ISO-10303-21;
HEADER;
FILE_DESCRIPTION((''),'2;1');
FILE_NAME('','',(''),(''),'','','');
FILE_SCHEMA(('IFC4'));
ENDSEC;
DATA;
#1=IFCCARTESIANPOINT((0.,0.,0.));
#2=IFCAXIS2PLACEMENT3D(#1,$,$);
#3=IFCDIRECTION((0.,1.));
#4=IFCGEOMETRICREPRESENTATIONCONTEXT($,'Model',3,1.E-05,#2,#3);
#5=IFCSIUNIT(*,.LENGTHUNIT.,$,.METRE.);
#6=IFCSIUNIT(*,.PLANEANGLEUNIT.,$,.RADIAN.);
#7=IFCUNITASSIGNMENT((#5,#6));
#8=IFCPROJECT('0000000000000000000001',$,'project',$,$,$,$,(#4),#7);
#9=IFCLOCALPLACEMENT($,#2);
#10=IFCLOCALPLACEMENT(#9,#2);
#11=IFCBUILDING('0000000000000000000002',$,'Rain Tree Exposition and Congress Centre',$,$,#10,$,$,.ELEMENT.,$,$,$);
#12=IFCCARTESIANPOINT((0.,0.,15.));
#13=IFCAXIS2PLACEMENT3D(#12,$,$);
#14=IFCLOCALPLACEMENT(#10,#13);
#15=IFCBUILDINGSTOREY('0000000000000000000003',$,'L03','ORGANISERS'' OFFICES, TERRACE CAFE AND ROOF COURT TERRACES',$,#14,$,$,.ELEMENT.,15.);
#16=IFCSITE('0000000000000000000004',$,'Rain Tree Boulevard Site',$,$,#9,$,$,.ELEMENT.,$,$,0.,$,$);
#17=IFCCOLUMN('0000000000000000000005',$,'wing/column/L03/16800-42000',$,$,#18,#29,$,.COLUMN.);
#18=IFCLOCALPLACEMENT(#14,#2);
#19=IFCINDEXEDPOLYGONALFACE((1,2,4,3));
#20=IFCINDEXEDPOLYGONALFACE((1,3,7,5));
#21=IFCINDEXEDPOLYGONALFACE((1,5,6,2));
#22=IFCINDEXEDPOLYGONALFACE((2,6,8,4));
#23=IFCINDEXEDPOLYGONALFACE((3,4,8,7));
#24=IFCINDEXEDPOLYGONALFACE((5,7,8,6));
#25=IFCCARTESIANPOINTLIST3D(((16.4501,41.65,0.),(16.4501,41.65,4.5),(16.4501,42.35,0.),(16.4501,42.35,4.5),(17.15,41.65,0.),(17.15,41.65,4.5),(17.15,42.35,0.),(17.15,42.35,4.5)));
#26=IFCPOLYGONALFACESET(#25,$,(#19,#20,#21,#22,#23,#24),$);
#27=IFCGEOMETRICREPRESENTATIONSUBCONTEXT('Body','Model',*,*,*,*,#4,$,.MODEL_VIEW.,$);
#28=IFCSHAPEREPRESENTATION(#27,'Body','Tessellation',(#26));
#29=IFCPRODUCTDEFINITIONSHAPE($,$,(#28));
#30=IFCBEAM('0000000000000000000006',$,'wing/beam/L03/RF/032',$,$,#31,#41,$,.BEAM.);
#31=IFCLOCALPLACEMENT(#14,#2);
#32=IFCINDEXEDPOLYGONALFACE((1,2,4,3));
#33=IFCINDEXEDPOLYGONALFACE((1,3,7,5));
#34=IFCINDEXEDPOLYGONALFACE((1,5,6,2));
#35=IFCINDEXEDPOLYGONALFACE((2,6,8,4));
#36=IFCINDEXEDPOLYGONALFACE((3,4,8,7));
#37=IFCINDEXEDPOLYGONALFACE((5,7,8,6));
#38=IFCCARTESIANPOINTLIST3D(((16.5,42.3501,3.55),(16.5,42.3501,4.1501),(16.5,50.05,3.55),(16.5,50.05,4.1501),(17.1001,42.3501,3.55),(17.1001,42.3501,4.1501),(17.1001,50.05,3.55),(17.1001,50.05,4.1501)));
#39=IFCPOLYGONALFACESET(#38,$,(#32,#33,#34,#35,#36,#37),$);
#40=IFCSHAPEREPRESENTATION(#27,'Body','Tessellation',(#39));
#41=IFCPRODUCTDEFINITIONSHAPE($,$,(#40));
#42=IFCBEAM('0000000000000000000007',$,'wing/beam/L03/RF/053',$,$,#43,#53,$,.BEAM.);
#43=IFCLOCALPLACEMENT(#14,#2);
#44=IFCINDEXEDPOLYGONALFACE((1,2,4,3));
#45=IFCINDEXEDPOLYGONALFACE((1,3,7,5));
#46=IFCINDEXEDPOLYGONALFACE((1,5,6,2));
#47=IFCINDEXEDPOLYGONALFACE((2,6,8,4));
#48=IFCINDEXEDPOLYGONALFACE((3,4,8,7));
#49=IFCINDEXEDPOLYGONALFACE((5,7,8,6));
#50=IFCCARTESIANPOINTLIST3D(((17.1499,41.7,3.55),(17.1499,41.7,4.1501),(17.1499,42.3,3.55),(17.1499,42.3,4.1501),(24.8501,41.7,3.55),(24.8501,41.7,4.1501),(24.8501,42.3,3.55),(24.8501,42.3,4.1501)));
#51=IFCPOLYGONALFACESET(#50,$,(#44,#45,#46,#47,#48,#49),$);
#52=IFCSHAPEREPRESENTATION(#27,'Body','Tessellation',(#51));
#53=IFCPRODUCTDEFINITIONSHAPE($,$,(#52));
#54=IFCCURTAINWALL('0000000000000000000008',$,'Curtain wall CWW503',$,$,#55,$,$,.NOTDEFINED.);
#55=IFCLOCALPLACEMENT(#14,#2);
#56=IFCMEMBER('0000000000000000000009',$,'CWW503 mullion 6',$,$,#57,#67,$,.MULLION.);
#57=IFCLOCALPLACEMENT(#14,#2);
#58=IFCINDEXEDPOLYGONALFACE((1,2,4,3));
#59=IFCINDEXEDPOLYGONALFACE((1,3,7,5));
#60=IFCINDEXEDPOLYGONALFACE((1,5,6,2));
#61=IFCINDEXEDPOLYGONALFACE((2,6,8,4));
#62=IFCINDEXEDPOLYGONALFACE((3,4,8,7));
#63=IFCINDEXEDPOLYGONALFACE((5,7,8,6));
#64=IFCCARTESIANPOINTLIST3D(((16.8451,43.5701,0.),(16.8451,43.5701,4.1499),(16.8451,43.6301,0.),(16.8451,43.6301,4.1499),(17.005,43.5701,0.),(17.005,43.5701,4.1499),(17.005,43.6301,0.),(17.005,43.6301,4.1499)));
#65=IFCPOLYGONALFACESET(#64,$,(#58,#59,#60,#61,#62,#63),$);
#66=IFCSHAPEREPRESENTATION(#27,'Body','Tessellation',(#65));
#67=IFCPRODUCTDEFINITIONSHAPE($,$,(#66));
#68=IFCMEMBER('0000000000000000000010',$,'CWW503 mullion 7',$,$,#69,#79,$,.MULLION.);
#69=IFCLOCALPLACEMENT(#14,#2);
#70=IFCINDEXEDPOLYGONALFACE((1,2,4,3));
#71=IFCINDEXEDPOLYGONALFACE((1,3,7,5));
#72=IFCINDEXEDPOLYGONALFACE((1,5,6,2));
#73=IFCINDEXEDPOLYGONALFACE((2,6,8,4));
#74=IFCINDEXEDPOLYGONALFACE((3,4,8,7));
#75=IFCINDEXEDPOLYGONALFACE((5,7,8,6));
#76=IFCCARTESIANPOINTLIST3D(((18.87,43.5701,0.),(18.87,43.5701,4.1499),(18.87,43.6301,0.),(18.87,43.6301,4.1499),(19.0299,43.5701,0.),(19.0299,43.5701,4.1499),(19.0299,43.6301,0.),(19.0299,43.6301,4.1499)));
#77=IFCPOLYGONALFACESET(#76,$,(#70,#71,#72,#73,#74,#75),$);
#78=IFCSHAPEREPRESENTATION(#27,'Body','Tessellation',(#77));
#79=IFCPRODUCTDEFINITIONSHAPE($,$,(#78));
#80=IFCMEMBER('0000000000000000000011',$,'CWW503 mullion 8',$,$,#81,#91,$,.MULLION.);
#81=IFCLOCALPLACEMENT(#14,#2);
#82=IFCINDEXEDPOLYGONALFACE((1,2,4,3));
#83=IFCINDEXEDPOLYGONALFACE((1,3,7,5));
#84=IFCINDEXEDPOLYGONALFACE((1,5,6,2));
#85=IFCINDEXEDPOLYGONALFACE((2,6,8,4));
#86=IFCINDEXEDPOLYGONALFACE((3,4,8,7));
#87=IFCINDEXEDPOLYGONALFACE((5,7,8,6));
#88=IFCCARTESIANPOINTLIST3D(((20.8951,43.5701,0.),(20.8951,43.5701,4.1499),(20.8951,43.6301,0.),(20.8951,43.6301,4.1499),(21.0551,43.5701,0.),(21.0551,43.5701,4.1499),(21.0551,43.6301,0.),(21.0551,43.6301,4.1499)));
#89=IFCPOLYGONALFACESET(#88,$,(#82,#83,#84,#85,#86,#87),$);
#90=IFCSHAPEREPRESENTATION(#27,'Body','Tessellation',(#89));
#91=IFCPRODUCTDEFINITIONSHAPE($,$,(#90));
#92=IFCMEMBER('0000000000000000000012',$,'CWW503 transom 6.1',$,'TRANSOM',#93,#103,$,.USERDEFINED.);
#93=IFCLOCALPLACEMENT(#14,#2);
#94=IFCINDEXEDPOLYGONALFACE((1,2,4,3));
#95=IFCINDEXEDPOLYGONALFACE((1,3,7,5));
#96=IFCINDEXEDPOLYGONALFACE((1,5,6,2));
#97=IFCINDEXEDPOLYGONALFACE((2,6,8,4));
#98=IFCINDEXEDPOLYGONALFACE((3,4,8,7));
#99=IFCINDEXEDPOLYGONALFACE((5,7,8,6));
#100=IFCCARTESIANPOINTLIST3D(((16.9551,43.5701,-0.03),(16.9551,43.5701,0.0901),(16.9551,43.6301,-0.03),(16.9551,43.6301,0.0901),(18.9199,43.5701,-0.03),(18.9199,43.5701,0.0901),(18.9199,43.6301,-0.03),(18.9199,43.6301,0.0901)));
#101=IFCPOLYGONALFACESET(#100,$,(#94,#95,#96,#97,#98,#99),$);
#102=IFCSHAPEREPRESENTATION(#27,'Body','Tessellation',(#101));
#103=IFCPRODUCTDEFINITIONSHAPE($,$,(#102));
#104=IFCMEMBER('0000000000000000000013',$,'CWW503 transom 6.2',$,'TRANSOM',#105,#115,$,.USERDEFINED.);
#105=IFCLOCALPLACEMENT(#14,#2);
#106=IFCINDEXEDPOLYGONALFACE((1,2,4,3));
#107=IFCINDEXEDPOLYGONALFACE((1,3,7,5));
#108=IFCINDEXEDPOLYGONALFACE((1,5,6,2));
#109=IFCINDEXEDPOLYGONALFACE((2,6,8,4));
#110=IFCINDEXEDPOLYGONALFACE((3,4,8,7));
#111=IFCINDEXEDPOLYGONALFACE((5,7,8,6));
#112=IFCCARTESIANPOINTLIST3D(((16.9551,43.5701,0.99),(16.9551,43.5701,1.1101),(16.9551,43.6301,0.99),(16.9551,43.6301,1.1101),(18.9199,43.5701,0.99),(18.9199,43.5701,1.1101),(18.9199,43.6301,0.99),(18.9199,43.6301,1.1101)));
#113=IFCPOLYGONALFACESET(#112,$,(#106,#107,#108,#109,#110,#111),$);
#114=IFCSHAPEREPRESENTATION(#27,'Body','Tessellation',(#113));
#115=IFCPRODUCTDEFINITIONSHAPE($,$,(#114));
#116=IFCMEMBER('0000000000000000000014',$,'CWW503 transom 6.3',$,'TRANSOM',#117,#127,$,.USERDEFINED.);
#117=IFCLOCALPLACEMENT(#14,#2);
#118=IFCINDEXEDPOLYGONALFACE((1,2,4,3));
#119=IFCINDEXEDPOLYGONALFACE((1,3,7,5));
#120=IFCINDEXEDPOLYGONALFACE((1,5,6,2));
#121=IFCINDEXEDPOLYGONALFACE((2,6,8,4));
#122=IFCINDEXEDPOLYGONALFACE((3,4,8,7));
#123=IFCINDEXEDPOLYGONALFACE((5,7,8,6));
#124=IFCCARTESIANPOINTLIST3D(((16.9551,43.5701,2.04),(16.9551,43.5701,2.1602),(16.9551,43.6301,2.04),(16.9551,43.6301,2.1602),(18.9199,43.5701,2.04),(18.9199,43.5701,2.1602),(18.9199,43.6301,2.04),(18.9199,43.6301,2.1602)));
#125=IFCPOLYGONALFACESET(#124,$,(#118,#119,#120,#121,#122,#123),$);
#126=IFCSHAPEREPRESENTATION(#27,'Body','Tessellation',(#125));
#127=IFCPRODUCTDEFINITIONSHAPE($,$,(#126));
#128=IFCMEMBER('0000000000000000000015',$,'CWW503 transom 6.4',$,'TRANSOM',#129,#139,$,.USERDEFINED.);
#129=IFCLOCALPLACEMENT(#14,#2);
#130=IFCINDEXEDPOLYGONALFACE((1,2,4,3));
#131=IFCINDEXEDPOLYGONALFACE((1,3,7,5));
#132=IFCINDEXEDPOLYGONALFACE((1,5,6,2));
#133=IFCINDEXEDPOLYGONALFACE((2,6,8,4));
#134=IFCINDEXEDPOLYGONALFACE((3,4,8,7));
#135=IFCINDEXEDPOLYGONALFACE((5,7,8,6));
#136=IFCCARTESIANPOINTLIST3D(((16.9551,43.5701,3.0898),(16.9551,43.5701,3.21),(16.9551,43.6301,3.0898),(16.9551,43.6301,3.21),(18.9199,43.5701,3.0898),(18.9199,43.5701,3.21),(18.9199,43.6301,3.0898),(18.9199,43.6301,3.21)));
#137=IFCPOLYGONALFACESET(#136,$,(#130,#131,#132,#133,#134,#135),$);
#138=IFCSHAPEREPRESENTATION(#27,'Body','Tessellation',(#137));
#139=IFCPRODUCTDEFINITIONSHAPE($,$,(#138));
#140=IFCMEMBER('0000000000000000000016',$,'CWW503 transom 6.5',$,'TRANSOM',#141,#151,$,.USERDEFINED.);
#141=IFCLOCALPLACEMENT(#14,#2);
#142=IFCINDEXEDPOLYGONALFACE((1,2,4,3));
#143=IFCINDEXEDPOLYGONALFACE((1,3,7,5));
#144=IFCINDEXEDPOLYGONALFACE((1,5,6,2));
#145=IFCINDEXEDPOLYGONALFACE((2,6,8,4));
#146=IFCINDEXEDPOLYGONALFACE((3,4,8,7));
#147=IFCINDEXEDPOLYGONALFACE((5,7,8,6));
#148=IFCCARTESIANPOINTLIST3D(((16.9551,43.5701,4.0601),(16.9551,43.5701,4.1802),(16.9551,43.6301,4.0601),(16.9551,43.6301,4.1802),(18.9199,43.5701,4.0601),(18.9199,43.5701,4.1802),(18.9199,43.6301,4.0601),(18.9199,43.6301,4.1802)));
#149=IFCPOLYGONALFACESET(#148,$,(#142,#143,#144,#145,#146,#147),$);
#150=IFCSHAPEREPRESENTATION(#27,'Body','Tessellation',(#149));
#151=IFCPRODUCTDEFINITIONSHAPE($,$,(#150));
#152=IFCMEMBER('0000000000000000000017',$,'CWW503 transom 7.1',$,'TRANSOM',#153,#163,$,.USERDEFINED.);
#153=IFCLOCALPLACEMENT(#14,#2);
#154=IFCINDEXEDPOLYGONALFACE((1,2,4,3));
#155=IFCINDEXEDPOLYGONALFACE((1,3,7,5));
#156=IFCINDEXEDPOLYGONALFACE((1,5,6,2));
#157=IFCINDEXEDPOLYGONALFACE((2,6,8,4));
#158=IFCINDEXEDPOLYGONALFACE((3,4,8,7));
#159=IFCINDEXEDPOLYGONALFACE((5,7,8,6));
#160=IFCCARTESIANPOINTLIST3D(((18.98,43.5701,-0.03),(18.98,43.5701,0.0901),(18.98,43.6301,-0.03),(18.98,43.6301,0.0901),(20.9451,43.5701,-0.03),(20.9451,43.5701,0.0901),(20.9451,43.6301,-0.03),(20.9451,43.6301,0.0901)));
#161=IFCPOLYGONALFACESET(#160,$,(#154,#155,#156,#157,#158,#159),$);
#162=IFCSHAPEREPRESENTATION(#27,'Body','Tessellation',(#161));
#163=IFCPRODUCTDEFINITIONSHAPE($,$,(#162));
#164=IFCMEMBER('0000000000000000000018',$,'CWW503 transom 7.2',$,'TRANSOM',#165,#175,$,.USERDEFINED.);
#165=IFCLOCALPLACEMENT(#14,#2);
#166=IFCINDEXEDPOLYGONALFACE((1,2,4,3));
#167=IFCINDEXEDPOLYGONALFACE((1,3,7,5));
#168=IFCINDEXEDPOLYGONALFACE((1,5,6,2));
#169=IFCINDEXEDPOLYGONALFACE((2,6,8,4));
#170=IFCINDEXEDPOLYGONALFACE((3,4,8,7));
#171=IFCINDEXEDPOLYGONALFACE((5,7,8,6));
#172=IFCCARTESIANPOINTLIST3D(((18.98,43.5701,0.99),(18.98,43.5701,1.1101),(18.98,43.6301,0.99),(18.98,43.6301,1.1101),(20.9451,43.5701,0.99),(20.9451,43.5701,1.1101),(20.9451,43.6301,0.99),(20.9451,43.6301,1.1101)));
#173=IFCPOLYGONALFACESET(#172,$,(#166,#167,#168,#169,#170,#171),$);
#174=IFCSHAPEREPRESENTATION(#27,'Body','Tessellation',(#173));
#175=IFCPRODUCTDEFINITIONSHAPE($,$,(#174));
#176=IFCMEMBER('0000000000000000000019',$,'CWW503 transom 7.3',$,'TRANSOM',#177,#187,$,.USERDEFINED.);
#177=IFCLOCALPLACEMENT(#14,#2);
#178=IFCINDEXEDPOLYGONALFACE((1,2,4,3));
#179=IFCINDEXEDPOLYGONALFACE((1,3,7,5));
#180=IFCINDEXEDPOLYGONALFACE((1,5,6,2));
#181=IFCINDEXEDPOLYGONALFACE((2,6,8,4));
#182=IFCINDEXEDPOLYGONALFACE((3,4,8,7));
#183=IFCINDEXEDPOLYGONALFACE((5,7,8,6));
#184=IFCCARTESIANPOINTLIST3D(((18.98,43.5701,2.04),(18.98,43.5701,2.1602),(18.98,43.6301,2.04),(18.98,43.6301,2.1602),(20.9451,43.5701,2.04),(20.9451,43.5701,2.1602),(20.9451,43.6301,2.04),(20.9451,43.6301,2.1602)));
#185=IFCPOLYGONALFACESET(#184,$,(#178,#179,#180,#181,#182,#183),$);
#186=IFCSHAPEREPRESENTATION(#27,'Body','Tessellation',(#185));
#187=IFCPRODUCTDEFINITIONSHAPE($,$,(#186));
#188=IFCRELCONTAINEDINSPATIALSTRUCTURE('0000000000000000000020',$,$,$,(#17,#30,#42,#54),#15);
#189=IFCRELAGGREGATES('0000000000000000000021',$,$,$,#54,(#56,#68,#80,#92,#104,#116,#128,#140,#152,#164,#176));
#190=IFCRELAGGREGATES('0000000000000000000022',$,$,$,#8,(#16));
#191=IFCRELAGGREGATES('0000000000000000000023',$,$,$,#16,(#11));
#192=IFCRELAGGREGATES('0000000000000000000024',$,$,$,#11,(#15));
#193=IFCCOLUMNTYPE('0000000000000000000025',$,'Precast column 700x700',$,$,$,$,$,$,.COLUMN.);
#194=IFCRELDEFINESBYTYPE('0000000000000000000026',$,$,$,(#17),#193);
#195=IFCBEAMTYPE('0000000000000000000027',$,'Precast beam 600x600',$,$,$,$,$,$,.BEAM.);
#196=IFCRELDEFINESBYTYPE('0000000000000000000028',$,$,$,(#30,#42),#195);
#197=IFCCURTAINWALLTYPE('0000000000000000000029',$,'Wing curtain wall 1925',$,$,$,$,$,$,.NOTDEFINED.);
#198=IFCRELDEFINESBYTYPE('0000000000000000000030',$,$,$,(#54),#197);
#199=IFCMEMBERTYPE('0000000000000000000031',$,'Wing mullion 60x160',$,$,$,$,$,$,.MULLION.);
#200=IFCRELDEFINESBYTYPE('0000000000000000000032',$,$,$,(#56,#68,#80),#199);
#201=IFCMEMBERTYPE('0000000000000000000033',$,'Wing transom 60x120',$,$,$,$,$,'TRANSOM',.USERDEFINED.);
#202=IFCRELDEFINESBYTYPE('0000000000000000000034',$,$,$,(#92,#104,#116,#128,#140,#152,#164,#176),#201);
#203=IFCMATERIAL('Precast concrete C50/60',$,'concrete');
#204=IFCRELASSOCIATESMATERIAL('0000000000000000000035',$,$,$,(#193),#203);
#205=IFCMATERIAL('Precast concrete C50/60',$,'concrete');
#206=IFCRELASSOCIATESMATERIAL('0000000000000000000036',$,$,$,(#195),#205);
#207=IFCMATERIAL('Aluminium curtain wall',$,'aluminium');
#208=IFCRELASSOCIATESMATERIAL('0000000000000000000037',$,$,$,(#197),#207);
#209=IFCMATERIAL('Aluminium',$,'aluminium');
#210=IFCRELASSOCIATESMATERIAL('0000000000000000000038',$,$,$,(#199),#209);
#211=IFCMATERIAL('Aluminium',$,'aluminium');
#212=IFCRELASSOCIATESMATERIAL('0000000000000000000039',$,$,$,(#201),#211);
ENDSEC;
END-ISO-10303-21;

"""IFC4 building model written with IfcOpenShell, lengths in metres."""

from ifc_helpers import new_model, si_unit, direction, frame, origin, origin_2d, place, context, subcontext, project, spatial, rectangle, extrude, material, material_profile, profile_set, type_object, element, aggregate, save


model = new_model("IFC4")

# Units and contexts
model_context = context("Model", 3, precision=1e-05, world=origin(), true_north=direction((0.0, 1.0)))
body_context = subcontext(model_context, "Body", "Model", "MODEL_VIEW")
ifc_project = project(units=[si_unit("LENGTHUNIT", "METRE"), si_unit("PLANEANGLEUNIT", "RADIAN")], contexts=[model_context])

# Site, building, storey
site_placement = place(None, origin())
site = spatial("IfcSite", under=ifc_project, at=site_placement, Name="Rain Tree Boulevard Site", CompositionType="ELEMENT", RefElevation=0.0)
building_placement = place(site_placement, origin())
building = spatial("IfcBuilding", under=site, at=building_placement, Name="Rain Tree Exposition and Congress Centre", CompositionType="ELEMENT")
storey_placement = place(building_placement, frame((0.0, 0.0, 15.0)))
storey = spatial("IfcBuildingStorey", under=building, at=storey_placement, Name="L03", Description="ORGANISERS' OFFICES, TERRACE CAFE AND ROOF COURT TERRACES", CompositionType="ELEMENT", Elevation=15.0)

# Column
ifc_material_1 = material(Name="Precast concrete C50/60", Category="concrete")
ifc_material_profile_1 = material_profile(ifc_material_1, rectangle(XDim=0.7, YDim=0.7, at=origin_2d()), Name="RC 700x700")
ifc_profile_set_1 = profile_set([ifc_material_profile_1], Name="Precast concrete C50/60")
column_type = type_object("IfcColumnType", Name="Precast column 700x700", PredefinedType="COLUMN", material=ifc_profile_set_1)
column_placement = place(storey_placement, frame((16.8, 42.0, 0.0), z_axis=(0.0, 0.0, 1.0), x_axis=(1.0, 0.0, 0.0)))
element("IfcColumn", 1, at=column_placement, inside=storey, type_object=column_type, Name="wing/column/L03/16800-42000", PredefinedType="COLUMN", context=body_context, shape_type="SweptSolid", body=[
    extrude(rectangle(XDim=0.7, YDim=0.7, at=origin_2d()), origin(), (0.0, 0.0, 1.0), 4.5),
])

# Beams
ifc_material_2 = material(Name="Precast concrete C50/60", Category="concrete")
ifc_material_profile_2 = material_profile(ifc_material_2, rectangle(XDim=0.6001, YDim=0.6001, at=origin_2d()), Name="RC 600x600")
ifc_profile_set_2 = profile_set([ifc_material_profile_2], Name="Precast concrete C50/60")
beam_type = type_object("IfcBeamType", Name="Precast beam 600x600", PredefinedType="BEAM", material=ifc_profile_set_2)
beam_1_placement = place(storey_placement, frame((16.8, 42.3501, 3.8501), z_axis=(0.0, 1.0, 0.0), x_axis=(-1.0, 0.0, 0.0)))
element("IfcBeam", 2, at=beam_1_placement, inside=storey, type_object=beam_type, Name="wing/beam/L03/RF/032", PredefinedType="BEAM", context=body_context, shape_type="SweptSolid", body=[
    extrude(rectangle(XDim=0.6001, YDim=0.6001, at=origin_2d()), origin(), (0.0, 0.0, 1.0), 7.7),
])
beam_2_placement = place(storey_placement, frame((17.1499, 42.0, 3.8501), z_axis=(1.0, 0.0, 0.0), x_axis=(0.0, 1.0, 0.0)))
element("IfcBeam", 3, at=beam_2_placement, inside=storey, type_object=beam_type, Name="wing/beam/L03/RF/053", PredefinedType="BEAM", context=body_context, shape_type="SweptSolid", body=[
    extrude(rectangle(XDim=0.6001, YDim=0.6001, at=origin_2d()), origin(), (0.0, 0.0, 1.0), 7.7002),
])

# Curtain wall, members
ifc_material_3 = material(Name="Aluminium curtain wall", Category="aluminium")
curtain_wall_type = type_object("IfcCurtainWallType", Name="Wing curtain wall 1925", PredefinedType="NOTDEFINED", material=ifc_material_3)
curtain_wall_placement = place(storey_placement, origin())
curtain_wall = element("IfcCurtainWall", 4, at=curtain_wall_placement, inside=storey, type_object=curtain_wall_type, Name="Curtain wall CWW503", PredefinedType="NOTDEFINED")
ifc_material_4 = material(Name="Aluminium", Category="aluminium")
ifc_material_profile_3 = material_profile(ifc_material_4, rectangle(XDim=0.0601, YDim=0.1599, at=origin_2d()), Name="Aluminium 60x160")
ifc_profile_set_3 = profile_set([ifc_material_profile_3], Name="Aluminium")
member_type_1 = type_object("IfcMemberType", Name="Wing mullion 60x160", PredefinedType="MULLION", material=ifc_profile_set_3)
member_1_placement = place(storey_placement, frame((16.925, 43.6001, 0.0), z_axis=(0.0, 0.0, 1.0), x_axis=(0.0, 1.0, 0.0)))
member_1 = element("IfcMember", 5, at=member_1_placement, type_object=member_type_1, Name="CWW503 mullion 6", PredefinedType="MULLION", context=body_context, shape_type="SweptSolid", body=[
    extrude(rectangle(XDim=0.0601, YDim=0.1599, at=origin_2d()), origin(), (0.0, 0.0, 1.0), 4.1499),
])
member_2_placement = place(storey_placement, frame((18.95, 43.6001, 0.0), z_axis=(0.0, 0.0, 1.0), x_axis=(0.0, 1.0, 0.0)))
member_2 = element("IfcMember", 6, at=member_2_placement, type_object=member_type_1, Name="CWW503 mullion 7", PredefinedType="MULLION", context=body_context, shape_type="SweptSolid", body=[
    extrude(rectangle(XDim=0.0601, YDim=0.1599, at=origin_2d()), origin(), (0.0, 0.0, 1.0), 4.1499),
])
member_3_placement = place(storey_placement, frame((20.9751, 43.6001, 0.0), z_axis=(0.0, 0.0, 1.0), x_axis=(0.0, 1.0, 0.0)))
member_3 = element("IfcMember", 7, at=member_3_placement, type_object=member_type_1, Name="CWW503 mullion 8", PredefinedType="MULLION", context=body_context, shape_type="SweptSolid", body=[
    extrude(rectangle(XDim=0.0601, YDim=0.1599, at=origin_2d()), origin(), (0.0, 0.0, 1.0), 4.1499),
])
ifc_material_5 = material(Name="Aluminium", Category="aluminium")
ifc_material_profile_4 = material_profile(ifc_material_5, rectangle(XDim=0.0601, YDim=0.1201, at=origin_2d()), Name="Aluminium 60x120")
ifc_profile_set_4 = profile_set([ifc_material_profile_4], Name="Aluminium")
member_type_2 = type_object("IfcMemberType", Name="Wing transom 60x120", ElementType="TRANSOM", PredefinedType="USERDEFINED", material=ifc_profile_set_4)
member_4_placement = place(storey_placement, frame((16.9551, 43.6001, 0.03), z_axis=(1.0, 0.0, 0.0), x_axis=(0.0, 1.0, 0.0)))
member_4 = element("IfcMember", 8, at=member_4_placement, type_object=member_type_2, Name="CWW503 transom 6.1", ObjectType="TRANSOM", PredefinedType="USERDEFINED", context=body_context, shape_type="SweptSolid", body=[
    extrude(rectangle(XDim=0.0601, YDim=0.1201, at=origin_2d()), origin(), (0.0, 0.0, 1.0), 1.9648),
])
member_5_placement = place(storey_placement, frame((16.9551, 43.6001, 1.05), z_axis=(1.0, 0.0, 0.0), x_axis=(0.0, 1.0, 0.0)))
member_5 = element("IfcMember", 9, at=member_5_placement, type_object=member_type_2, Name="CWW503 transom 6.2", ObjectType="TRANSOM", PredefinedType="USERDEFINED", context=body_context, shape_type="SweptSolid", body=[
    extrude(rectangle(XDim=0.0601, YDim=0.1201, at=origin_2d()), origin(), (0.0, 0.0, 1.0), 1.9648),
])
member_6_placement = place(storey_placement, frame((16.9551, 43.6001, 2.1001), z_axis=(1.0, 0.0, 0.0), x_axis=(0.0, 1.0, 0.0)))
member_6 = element("IfcMember", 10, at=member_6_placement, type_object=member_type_2, Name="CWW503 transom 6.3", ObjectType="TRANSOM", PredefinedType="USERDEFINED", context=body_context, shape_type="SweptSolid", body=[
    extrude(rectangle(XDim=0.0601, YDim=0.1201, at=origin_2d()), origin(), (0.0, 0.0, 1.0), 1.9648),
])
member_7_placement = place(storey_placement, frame((16.9551, 43.6001, 3.1499), z_axis=(1.0, 0.0, 0.0), x_axis=(0.0, 1.0, 0.0)))
member_7 = element("IfcMember", 11, at=member_7_placement, type_object=member_type_2, Name="CWW503 transom 6.4", ObjectType="TRANSOM", PredefinedType="USERDEFINED", context=body_context, shape_type="SweptSolid", body=[
    extrude(rectangle(XDim=0.0601, YDim=0.1201, at=origin_2d()), origin(), (0.0, 0.0, 1.0), 1.9648),
])
member_8_placement = place(storey_placement, frame((16.9551, 43.6001, 4.1201), z_axis=(1.0, 0.0, 0.0), x_axis=(0.0, 1.0, 0.0)))
member_8 = element("IfcMember", 12, at=member_8_placement, type_object=member_type_2, Name="CWW503 transom 6.5", ObjectType="TRANSOM", PredefinedType="USERDEFINED", context=body_context, shape_type="SweptSolid", body=[
    extrude(rectangle(XDim=0.0601, YDim=0.1201, at=origin_2d()), origin(), (0.0, 0.0, 1.0), 1.9648),
])
member_9_placement = place(storey_placement, frame((18.98, 43.6001, 0.03), z_axis=(1.0, 0.0, 0.0), x_axis=(0.0, 1.0, 0.0)))
member_9 = element("IfcMember", 13, at=member_9_placement, type_object=member_type_2, Name="CWW503 transom 7.1", ObjectType="TRANSOM", PredefinedType="USERDEFINED", context=body_context, shape_type="SweptSolid", body=[
    extrude(rectangle(XDim=0.0601, YDim=0.1201, at=origin_2d()), origin(), (0.0, 0.0, 1.0), 1.9651),
])
member_10_placement = place(storey_placement, frame((18.98, 43.6001, 1.05), z_axis=(1.0, 0.0, 0.0), x_axis=(0.0, 1.0, 0.0)))
member_10 = element("IfcMember", 14, at=member_10_placement, type_object=member_type_2, Name="CWW503 transom 7.2", ObjectType="TRANSOM", PredefinedType="USERDEFINED", context=body_context, shape_type="SweptSolid", body=[
    extrude(rectangle(XDim=0.0601, YDim=0.1201, at=origin_2d()), origin(), (0.0, 0.0, 1.0), 1.9651),
])
member_11_placement = place(storey_placement, frame((18.98, 43.6001, 2.1001), z_axis=(1.0, 0.0, 0.0), x_axis=(0.0, 1.0, 0.0)))
member_11 = element("IfcMember", 15, at=member_11_placement, type_object=member_type_2, Name="CWW503 transom 7.3", ObjectType="TRANSOM", PredefinedType="USERDEFINED", context=body_context, shape_type="SweptSolid", body=[
    extrude(rectangle(XDim=0.0601, YDim=0.1201, at=origin_2d()), origin(), (0.0, 0.0, 1.0), 1.9651),
])
aggregate(curtain_wall, [member_1, member_2, member_3, member_4, member_5, member_6, member_7, member_8, member_9, member_10, member_11])

save(model, "model.ifc")
